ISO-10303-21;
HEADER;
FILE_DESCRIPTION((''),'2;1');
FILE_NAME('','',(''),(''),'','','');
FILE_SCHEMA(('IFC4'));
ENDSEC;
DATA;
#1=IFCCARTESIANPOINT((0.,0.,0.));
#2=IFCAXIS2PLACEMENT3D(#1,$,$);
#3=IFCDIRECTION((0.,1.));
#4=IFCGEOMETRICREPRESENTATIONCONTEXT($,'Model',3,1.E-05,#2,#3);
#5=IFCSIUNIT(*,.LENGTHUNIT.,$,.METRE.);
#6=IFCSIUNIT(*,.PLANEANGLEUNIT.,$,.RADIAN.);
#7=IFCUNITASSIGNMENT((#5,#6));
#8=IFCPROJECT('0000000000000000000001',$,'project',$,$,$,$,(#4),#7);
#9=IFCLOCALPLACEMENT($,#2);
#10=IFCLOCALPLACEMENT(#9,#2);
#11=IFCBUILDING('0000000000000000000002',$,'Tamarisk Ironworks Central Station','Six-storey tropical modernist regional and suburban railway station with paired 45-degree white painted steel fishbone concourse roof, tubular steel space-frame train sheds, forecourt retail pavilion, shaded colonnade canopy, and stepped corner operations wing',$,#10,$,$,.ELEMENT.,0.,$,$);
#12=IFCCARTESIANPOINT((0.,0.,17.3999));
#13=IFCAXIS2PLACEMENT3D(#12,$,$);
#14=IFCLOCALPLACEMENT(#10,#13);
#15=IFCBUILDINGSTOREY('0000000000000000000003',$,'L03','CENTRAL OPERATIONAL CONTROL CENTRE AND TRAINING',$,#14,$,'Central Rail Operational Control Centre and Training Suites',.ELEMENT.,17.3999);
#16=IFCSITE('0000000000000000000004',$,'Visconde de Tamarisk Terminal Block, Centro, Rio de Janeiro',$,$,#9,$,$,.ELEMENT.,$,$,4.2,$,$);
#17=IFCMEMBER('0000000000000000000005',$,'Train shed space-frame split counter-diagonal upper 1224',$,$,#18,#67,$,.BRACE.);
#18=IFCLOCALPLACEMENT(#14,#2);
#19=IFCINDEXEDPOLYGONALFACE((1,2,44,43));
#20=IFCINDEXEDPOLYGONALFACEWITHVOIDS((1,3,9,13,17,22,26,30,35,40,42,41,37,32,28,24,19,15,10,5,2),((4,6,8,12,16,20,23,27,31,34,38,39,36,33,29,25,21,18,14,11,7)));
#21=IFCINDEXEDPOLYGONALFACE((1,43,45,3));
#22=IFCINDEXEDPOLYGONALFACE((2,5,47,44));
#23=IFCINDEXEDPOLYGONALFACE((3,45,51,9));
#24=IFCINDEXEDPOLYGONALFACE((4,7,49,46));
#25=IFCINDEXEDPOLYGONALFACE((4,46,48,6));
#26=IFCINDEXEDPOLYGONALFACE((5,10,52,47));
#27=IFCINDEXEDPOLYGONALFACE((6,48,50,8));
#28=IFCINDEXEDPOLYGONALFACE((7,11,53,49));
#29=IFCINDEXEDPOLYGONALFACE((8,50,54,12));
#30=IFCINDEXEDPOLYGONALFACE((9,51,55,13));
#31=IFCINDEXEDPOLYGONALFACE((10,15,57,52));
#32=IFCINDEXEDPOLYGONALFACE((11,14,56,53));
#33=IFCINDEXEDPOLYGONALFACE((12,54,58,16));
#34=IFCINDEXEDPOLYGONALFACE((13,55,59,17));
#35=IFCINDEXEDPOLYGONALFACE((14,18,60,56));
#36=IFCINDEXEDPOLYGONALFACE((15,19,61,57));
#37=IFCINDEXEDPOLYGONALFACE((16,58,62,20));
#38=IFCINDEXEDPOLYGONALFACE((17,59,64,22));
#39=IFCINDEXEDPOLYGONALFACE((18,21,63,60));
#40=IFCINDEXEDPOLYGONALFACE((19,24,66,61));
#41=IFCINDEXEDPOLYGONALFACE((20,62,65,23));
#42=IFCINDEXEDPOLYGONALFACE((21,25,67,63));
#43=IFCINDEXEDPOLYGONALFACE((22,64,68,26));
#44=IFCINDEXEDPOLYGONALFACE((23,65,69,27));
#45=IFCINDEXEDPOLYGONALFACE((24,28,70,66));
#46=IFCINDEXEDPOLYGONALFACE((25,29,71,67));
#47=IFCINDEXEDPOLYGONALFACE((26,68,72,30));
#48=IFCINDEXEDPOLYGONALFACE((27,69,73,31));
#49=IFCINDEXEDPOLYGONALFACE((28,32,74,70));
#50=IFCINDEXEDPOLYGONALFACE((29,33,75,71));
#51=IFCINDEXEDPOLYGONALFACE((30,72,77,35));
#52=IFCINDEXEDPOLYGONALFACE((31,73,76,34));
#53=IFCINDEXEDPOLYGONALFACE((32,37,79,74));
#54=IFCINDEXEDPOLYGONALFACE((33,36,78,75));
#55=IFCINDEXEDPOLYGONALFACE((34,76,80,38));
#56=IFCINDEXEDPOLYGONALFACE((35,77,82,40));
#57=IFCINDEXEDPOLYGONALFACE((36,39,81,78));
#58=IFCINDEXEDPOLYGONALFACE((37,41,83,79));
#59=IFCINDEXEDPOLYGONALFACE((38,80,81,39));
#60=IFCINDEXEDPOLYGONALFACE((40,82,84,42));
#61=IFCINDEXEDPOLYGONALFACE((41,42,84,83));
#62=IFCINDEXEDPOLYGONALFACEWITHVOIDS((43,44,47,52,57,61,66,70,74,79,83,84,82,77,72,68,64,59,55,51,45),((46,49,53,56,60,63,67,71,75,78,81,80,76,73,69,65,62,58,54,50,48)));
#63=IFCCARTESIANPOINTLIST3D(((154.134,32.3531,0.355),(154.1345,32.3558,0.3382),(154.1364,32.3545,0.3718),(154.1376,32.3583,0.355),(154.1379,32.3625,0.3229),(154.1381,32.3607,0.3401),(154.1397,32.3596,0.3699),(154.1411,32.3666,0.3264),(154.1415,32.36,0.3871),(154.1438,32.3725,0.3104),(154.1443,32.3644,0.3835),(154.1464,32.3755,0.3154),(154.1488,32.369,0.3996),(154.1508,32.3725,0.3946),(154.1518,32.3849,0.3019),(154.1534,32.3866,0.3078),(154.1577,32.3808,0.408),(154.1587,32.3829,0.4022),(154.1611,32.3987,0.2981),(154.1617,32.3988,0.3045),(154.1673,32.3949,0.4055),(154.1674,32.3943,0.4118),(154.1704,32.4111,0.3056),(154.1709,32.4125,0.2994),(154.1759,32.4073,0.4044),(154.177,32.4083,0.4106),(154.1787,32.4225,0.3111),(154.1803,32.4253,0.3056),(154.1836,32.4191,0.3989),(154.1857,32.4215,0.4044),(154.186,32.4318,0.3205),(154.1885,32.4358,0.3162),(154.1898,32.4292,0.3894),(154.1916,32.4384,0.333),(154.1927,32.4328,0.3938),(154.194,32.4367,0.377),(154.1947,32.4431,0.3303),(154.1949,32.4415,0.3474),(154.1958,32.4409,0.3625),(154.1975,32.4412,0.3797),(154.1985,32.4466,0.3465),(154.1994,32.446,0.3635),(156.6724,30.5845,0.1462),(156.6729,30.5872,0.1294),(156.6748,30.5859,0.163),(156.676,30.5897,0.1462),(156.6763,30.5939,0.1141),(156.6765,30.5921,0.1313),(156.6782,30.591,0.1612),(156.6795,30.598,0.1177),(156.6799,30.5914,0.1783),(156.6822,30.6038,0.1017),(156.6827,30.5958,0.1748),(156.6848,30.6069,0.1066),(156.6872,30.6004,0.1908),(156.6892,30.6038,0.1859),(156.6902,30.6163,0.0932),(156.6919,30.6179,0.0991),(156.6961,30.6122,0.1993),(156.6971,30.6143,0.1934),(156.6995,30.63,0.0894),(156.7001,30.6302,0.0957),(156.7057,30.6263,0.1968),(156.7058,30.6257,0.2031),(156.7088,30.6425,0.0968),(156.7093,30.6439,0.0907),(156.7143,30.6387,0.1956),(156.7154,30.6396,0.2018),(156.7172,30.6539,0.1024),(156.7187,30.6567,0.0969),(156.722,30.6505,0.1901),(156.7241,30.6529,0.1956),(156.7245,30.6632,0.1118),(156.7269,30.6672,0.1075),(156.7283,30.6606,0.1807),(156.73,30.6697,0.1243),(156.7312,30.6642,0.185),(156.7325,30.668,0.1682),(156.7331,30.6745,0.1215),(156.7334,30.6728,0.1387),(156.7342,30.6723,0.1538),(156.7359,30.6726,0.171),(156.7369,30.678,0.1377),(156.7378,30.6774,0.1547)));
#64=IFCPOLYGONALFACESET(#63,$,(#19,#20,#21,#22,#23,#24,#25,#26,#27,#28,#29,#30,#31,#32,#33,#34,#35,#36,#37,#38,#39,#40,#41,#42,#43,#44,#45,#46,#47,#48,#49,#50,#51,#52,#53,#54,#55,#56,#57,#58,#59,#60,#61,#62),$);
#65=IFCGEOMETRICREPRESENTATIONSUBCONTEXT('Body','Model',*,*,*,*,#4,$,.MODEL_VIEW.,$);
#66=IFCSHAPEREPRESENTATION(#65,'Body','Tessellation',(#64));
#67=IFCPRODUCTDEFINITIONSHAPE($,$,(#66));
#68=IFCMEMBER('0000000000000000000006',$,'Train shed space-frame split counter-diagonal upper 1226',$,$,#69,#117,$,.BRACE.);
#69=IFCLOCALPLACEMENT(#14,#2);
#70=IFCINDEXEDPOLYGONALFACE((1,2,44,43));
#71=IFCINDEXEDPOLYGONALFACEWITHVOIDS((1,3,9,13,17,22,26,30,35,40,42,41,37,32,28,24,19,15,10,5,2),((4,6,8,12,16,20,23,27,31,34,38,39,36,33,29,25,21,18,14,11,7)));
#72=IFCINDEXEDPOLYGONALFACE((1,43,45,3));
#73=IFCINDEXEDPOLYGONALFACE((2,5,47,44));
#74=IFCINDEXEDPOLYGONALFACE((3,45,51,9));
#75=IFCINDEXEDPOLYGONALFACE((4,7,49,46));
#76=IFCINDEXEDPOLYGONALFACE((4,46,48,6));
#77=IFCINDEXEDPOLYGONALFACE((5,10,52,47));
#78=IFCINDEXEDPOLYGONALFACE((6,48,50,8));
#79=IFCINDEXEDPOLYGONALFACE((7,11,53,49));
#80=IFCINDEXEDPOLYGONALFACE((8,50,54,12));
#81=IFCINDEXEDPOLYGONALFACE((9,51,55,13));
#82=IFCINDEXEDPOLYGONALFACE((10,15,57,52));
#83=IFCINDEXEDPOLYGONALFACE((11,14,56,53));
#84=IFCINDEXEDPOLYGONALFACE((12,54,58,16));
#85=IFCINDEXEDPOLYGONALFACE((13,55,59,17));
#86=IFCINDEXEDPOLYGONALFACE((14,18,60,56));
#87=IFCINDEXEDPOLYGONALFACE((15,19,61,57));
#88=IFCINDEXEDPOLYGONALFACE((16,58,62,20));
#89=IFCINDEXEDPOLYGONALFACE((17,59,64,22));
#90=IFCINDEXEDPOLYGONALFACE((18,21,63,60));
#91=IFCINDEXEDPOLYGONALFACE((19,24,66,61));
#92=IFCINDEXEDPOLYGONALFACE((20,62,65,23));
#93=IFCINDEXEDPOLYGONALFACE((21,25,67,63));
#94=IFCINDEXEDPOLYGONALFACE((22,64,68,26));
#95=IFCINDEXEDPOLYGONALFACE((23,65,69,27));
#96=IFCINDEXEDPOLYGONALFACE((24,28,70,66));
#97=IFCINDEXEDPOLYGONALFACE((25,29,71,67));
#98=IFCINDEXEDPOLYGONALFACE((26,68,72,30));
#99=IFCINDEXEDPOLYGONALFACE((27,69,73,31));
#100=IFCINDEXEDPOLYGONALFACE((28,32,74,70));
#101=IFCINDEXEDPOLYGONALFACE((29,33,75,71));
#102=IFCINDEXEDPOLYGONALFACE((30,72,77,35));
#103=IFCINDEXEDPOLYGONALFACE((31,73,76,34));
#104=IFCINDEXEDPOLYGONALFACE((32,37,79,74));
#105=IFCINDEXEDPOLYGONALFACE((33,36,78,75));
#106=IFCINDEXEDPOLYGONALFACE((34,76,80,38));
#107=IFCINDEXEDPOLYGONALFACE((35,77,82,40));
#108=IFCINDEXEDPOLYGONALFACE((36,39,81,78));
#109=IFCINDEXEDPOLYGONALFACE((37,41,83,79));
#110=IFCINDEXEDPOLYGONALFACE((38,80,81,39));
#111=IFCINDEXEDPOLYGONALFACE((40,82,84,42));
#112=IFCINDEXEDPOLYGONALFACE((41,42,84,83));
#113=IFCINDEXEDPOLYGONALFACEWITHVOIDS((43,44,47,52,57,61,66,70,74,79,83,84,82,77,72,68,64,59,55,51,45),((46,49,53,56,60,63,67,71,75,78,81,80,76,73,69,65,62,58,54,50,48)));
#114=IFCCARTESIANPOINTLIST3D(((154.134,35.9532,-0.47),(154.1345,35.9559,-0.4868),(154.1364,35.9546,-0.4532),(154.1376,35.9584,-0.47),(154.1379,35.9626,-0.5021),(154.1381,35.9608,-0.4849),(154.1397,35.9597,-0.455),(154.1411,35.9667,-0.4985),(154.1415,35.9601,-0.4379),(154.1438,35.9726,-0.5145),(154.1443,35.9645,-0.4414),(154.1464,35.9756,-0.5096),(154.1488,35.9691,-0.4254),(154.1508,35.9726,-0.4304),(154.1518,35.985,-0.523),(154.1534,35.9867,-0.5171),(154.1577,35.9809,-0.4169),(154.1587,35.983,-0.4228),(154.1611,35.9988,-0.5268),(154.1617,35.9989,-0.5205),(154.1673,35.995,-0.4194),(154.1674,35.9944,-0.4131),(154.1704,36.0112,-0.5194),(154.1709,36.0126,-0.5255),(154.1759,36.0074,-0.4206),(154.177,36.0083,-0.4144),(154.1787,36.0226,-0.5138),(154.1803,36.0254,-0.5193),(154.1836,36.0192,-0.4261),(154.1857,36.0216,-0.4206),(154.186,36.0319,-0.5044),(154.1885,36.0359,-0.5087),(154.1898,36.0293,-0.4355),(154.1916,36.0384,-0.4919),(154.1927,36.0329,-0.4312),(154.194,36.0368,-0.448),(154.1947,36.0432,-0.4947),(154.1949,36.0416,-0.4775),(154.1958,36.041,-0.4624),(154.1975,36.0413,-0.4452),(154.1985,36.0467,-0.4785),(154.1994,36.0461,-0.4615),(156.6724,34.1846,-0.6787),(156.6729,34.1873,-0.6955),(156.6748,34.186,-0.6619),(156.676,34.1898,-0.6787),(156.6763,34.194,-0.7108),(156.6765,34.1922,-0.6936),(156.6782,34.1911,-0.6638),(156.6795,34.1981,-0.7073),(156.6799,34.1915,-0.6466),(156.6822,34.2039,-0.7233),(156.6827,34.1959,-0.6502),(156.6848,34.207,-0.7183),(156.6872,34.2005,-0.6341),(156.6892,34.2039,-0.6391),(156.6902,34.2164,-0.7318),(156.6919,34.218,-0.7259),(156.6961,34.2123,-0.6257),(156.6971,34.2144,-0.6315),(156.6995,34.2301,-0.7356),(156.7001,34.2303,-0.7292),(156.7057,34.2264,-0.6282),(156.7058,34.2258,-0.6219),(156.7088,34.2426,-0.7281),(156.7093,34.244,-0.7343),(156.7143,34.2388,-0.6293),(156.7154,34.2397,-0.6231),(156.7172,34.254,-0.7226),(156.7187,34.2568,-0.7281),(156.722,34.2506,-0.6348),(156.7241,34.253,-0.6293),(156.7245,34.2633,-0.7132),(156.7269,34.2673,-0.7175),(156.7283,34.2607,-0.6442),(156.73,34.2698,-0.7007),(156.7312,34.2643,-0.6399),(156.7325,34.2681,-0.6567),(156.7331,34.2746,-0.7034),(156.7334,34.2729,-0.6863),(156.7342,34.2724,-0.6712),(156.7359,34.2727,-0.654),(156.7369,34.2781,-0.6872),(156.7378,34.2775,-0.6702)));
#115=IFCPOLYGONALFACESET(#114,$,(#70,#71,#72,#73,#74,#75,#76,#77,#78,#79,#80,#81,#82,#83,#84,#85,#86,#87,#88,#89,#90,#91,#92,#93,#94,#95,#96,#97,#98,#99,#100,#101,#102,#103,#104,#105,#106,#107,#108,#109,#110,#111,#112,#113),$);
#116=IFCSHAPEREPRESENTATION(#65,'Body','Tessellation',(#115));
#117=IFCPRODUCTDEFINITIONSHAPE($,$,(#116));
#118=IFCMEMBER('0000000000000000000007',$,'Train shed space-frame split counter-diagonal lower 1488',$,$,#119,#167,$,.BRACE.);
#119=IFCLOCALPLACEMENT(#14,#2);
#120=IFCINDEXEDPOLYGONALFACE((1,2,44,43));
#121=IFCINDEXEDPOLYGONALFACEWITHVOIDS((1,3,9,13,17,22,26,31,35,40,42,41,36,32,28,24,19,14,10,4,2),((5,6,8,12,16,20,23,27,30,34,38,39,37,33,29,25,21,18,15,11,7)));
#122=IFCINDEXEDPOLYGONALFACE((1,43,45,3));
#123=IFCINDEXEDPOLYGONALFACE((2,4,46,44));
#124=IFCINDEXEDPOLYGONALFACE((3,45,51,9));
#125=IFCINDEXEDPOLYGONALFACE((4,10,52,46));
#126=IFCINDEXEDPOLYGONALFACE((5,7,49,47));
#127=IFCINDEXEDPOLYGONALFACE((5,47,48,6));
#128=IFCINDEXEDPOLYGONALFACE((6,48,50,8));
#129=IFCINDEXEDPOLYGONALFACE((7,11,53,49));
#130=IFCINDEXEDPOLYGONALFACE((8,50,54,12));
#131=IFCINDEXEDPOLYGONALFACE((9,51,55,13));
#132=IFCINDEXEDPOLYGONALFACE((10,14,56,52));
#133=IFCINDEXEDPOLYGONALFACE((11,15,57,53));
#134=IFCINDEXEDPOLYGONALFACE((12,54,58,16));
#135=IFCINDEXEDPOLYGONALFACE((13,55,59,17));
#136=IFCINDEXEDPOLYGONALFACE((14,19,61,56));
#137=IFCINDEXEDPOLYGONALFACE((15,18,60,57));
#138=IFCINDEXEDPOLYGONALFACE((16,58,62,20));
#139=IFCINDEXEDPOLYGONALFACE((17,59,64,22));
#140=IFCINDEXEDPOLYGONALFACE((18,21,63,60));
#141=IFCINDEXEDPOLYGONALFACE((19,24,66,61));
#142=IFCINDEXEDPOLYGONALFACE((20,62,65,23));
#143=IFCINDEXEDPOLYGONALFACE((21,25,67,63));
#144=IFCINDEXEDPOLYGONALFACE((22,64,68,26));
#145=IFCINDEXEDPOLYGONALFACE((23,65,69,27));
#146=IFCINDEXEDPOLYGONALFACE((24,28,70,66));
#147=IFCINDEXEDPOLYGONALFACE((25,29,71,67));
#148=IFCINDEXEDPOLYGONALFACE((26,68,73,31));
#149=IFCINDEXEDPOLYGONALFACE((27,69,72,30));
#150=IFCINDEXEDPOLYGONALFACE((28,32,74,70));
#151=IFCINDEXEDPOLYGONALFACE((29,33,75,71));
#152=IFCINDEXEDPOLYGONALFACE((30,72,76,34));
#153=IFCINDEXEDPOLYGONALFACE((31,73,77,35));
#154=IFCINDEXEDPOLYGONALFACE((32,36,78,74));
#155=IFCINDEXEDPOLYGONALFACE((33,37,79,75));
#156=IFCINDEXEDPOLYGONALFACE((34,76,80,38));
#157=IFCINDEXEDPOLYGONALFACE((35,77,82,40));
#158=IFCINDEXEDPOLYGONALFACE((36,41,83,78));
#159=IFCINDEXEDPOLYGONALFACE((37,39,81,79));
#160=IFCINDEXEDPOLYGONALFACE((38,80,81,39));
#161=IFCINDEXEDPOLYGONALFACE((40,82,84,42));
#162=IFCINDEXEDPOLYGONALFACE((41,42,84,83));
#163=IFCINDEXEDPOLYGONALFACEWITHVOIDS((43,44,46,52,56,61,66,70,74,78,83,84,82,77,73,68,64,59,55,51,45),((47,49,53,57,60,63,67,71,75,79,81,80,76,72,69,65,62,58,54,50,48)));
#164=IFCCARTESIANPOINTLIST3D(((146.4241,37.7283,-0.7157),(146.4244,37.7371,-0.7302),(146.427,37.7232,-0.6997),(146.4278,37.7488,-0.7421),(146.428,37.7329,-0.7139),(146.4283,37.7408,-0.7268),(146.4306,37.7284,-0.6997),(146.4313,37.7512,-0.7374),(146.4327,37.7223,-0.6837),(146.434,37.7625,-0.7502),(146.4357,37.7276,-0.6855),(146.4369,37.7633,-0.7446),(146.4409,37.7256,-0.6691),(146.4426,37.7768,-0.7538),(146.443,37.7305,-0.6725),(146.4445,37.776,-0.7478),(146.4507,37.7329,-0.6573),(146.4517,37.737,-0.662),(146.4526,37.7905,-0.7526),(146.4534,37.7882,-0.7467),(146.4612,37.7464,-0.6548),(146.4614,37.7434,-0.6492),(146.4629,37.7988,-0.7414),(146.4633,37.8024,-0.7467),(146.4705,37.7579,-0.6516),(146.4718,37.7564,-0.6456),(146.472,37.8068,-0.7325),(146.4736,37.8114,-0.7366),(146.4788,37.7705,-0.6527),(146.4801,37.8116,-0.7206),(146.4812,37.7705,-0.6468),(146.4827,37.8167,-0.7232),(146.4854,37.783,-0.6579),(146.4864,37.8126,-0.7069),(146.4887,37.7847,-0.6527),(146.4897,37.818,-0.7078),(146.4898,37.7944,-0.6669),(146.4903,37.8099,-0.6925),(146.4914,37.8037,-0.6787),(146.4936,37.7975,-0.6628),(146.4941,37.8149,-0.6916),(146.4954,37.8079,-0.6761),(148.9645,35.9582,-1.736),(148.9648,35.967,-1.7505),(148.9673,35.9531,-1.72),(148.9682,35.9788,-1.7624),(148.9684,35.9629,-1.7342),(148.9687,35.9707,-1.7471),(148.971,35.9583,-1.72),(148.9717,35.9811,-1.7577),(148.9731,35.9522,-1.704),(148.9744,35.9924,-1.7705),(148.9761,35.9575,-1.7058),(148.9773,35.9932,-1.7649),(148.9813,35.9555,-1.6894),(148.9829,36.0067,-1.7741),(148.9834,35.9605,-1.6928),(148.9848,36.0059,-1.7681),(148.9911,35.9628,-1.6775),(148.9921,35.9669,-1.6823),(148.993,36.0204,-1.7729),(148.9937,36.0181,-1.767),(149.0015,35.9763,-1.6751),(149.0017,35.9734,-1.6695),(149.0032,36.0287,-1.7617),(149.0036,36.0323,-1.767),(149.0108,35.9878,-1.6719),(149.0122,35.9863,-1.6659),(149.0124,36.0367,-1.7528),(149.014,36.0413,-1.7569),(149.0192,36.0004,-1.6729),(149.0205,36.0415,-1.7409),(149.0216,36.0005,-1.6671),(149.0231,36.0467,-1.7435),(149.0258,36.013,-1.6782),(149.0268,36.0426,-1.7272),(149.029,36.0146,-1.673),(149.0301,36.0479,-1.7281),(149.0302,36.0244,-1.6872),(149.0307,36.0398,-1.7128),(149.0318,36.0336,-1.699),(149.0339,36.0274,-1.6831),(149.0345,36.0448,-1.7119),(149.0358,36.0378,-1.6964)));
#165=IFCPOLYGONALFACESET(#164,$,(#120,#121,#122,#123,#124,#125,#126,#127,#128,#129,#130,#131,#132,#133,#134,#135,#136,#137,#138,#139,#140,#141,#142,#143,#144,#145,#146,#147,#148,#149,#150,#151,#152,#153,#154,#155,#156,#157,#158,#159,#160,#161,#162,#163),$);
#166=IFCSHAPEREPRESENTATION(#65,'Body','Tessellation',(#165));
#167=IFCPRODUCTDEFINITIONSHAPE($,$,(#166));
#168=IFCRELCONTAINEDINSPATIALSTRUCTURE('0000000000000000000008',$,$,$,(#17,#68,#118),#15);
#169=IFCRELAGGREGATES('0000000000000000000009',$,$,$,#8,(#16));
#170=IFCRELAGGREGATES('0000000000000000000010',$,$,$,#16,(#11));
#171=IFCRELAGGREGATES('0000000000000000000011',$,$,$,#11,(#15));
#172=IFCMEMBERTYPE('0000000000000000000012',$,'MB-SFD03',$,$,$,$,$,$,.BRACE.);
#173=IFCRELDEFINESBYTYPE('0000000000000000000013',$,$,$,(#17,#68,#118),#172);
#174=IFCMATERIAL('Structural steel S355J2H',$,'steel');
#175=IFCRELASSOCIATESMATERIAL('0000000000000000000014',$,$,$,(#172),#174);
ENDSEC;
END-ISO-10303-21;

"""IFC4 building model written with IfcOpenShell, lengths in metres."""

from ifc_helpers import new_model, si_unit, direction, frame, origin, origin_2d, place, context, subcontext, project, spatial, hollow_circle, extrude, material, material_profile, profile_set, type_object, element, save


model = new_model("IFC4")

# Units and contexts
model_context = context("Model", 3, precision=1e-05, world=origin(), true_north=direction((0.0, 1.0)))
body_context = subcontext(model_context, "Body", "Model", "MODEL_VIEW")
ifc_project = project(units=[si_unit("LENGTHUNIT", "METRE"), si_unit("PLANEANGLEUNIT", "RADIAN")], contexts=[model_context])

# Site, building, storey
site_placement = place(None, origin())
site = spatial("IfcSite", under=ifc_project, at=site_placement, Name="Visconde de Tamarisk Terminal Block, Centro, Rio de Janeiro", CompositionType="ELEMENT", RefElevation=4.2)
building_placement = place(site_placement, origin())
building = spatial("IfcBuilding", under=site, at=building_placement, Name="Tamarisk Ironworks Central Station", Description="Six-storey tropical modernist regional and suburban railway station with paired 45-degree white painted steel fishbone concourse roof, tubular steel space-frame train sheds, forecourt retail pavilion, shaded colonnade canopy, and stepped corner operations wing", CompositionType="ELEMENT", ElevationOfRefHeight=0.0)
storey_placement = place(building_placement, frame((0.0, 0.0, 17.3999)))
storey = spatial("IfcBuildingStorey", under=building, at=storey_placement, Name="L03", Description="CENTRAL OPERATIONAL CONTROL CENTRE AND TRAINING", LongName="Central Rail Operational Control Centre and Training Suites", CompositionType="ELEMENT", Elevation=17.3999)

# Members
ifc_material_1 = material(Name="Structural steel S355J2H", Category="steel")
ifc_material_profile_1 = material_profile(ifc_material_1, hollow_circle(Radius=0.0571, WallThickness=0.0063, at=origin_2d()), Name="CHS 114.3x6.3")
ifc_profile_set_1 = profile_set([ifc_material_profile_1], Name="Structural steel S355J2H")
member_type_1 = type_object("IfcMemberType", Name="MB-SFD03", PredefinedType="BRACE", material=ifc_profile_set_1)
for number, where, z_axis, x_axis, name in (
    (1, (156.7051, 30.6313, 0.1462), (-0.818625, 0.570369, 0.06732), (-0.571666, -0.820487, 0.0), "Train shed space-frame split counter-diagonal upper 1224"),
    (2, (156.7051, 34.2314, -0.6787), (-0.818625, 0.570369, 0.06732), (-0.571666, -0.820487, 0.0), "Train shed space-frame split counter-diagonal upper 1226"),
):
    element("IfcMember", number, at=place(storey_placement, frame(where, z_axis=z_axis, x_axis=x_axis)), inside=storey, type_object=member_type_1, Name=name, PredefinedType="BRACE", context=body_context, shape_type="SweptSolid", body=[
        extrude(hollow_circle(Radius=0.0571, WallThickness=0.0063, at=origin_2d()), origin(), (0.0, 0.0, 1.0), 3.1008),
    ])
for number, where, z_axis, x_axis, name in (
    (3, (149.0, 36.0, -1.72), (-0.779252, 0.542967, 0.312974), (-0.571688, -0.820471, 0.0), "Train shed space-frame split counter-diagonal lower 1488"),
):
    element("IfcMember", number, at=place(storey_placement, frame(where, z_axis=z_axis, x_axis=x_axis)), inside=storey, type_object=member_type_1, Name=name, PredefinedType="BRACE", context=body_context, shape_type="SweptSolid", body=[
        extrude(hollow_circle(Radius=0.0571, WallThickness=0.0063, at=origin_2d()), origin(), (0.0, 0.0, 1.0), 3.26),
    ])

save(model, "model.ifc")
